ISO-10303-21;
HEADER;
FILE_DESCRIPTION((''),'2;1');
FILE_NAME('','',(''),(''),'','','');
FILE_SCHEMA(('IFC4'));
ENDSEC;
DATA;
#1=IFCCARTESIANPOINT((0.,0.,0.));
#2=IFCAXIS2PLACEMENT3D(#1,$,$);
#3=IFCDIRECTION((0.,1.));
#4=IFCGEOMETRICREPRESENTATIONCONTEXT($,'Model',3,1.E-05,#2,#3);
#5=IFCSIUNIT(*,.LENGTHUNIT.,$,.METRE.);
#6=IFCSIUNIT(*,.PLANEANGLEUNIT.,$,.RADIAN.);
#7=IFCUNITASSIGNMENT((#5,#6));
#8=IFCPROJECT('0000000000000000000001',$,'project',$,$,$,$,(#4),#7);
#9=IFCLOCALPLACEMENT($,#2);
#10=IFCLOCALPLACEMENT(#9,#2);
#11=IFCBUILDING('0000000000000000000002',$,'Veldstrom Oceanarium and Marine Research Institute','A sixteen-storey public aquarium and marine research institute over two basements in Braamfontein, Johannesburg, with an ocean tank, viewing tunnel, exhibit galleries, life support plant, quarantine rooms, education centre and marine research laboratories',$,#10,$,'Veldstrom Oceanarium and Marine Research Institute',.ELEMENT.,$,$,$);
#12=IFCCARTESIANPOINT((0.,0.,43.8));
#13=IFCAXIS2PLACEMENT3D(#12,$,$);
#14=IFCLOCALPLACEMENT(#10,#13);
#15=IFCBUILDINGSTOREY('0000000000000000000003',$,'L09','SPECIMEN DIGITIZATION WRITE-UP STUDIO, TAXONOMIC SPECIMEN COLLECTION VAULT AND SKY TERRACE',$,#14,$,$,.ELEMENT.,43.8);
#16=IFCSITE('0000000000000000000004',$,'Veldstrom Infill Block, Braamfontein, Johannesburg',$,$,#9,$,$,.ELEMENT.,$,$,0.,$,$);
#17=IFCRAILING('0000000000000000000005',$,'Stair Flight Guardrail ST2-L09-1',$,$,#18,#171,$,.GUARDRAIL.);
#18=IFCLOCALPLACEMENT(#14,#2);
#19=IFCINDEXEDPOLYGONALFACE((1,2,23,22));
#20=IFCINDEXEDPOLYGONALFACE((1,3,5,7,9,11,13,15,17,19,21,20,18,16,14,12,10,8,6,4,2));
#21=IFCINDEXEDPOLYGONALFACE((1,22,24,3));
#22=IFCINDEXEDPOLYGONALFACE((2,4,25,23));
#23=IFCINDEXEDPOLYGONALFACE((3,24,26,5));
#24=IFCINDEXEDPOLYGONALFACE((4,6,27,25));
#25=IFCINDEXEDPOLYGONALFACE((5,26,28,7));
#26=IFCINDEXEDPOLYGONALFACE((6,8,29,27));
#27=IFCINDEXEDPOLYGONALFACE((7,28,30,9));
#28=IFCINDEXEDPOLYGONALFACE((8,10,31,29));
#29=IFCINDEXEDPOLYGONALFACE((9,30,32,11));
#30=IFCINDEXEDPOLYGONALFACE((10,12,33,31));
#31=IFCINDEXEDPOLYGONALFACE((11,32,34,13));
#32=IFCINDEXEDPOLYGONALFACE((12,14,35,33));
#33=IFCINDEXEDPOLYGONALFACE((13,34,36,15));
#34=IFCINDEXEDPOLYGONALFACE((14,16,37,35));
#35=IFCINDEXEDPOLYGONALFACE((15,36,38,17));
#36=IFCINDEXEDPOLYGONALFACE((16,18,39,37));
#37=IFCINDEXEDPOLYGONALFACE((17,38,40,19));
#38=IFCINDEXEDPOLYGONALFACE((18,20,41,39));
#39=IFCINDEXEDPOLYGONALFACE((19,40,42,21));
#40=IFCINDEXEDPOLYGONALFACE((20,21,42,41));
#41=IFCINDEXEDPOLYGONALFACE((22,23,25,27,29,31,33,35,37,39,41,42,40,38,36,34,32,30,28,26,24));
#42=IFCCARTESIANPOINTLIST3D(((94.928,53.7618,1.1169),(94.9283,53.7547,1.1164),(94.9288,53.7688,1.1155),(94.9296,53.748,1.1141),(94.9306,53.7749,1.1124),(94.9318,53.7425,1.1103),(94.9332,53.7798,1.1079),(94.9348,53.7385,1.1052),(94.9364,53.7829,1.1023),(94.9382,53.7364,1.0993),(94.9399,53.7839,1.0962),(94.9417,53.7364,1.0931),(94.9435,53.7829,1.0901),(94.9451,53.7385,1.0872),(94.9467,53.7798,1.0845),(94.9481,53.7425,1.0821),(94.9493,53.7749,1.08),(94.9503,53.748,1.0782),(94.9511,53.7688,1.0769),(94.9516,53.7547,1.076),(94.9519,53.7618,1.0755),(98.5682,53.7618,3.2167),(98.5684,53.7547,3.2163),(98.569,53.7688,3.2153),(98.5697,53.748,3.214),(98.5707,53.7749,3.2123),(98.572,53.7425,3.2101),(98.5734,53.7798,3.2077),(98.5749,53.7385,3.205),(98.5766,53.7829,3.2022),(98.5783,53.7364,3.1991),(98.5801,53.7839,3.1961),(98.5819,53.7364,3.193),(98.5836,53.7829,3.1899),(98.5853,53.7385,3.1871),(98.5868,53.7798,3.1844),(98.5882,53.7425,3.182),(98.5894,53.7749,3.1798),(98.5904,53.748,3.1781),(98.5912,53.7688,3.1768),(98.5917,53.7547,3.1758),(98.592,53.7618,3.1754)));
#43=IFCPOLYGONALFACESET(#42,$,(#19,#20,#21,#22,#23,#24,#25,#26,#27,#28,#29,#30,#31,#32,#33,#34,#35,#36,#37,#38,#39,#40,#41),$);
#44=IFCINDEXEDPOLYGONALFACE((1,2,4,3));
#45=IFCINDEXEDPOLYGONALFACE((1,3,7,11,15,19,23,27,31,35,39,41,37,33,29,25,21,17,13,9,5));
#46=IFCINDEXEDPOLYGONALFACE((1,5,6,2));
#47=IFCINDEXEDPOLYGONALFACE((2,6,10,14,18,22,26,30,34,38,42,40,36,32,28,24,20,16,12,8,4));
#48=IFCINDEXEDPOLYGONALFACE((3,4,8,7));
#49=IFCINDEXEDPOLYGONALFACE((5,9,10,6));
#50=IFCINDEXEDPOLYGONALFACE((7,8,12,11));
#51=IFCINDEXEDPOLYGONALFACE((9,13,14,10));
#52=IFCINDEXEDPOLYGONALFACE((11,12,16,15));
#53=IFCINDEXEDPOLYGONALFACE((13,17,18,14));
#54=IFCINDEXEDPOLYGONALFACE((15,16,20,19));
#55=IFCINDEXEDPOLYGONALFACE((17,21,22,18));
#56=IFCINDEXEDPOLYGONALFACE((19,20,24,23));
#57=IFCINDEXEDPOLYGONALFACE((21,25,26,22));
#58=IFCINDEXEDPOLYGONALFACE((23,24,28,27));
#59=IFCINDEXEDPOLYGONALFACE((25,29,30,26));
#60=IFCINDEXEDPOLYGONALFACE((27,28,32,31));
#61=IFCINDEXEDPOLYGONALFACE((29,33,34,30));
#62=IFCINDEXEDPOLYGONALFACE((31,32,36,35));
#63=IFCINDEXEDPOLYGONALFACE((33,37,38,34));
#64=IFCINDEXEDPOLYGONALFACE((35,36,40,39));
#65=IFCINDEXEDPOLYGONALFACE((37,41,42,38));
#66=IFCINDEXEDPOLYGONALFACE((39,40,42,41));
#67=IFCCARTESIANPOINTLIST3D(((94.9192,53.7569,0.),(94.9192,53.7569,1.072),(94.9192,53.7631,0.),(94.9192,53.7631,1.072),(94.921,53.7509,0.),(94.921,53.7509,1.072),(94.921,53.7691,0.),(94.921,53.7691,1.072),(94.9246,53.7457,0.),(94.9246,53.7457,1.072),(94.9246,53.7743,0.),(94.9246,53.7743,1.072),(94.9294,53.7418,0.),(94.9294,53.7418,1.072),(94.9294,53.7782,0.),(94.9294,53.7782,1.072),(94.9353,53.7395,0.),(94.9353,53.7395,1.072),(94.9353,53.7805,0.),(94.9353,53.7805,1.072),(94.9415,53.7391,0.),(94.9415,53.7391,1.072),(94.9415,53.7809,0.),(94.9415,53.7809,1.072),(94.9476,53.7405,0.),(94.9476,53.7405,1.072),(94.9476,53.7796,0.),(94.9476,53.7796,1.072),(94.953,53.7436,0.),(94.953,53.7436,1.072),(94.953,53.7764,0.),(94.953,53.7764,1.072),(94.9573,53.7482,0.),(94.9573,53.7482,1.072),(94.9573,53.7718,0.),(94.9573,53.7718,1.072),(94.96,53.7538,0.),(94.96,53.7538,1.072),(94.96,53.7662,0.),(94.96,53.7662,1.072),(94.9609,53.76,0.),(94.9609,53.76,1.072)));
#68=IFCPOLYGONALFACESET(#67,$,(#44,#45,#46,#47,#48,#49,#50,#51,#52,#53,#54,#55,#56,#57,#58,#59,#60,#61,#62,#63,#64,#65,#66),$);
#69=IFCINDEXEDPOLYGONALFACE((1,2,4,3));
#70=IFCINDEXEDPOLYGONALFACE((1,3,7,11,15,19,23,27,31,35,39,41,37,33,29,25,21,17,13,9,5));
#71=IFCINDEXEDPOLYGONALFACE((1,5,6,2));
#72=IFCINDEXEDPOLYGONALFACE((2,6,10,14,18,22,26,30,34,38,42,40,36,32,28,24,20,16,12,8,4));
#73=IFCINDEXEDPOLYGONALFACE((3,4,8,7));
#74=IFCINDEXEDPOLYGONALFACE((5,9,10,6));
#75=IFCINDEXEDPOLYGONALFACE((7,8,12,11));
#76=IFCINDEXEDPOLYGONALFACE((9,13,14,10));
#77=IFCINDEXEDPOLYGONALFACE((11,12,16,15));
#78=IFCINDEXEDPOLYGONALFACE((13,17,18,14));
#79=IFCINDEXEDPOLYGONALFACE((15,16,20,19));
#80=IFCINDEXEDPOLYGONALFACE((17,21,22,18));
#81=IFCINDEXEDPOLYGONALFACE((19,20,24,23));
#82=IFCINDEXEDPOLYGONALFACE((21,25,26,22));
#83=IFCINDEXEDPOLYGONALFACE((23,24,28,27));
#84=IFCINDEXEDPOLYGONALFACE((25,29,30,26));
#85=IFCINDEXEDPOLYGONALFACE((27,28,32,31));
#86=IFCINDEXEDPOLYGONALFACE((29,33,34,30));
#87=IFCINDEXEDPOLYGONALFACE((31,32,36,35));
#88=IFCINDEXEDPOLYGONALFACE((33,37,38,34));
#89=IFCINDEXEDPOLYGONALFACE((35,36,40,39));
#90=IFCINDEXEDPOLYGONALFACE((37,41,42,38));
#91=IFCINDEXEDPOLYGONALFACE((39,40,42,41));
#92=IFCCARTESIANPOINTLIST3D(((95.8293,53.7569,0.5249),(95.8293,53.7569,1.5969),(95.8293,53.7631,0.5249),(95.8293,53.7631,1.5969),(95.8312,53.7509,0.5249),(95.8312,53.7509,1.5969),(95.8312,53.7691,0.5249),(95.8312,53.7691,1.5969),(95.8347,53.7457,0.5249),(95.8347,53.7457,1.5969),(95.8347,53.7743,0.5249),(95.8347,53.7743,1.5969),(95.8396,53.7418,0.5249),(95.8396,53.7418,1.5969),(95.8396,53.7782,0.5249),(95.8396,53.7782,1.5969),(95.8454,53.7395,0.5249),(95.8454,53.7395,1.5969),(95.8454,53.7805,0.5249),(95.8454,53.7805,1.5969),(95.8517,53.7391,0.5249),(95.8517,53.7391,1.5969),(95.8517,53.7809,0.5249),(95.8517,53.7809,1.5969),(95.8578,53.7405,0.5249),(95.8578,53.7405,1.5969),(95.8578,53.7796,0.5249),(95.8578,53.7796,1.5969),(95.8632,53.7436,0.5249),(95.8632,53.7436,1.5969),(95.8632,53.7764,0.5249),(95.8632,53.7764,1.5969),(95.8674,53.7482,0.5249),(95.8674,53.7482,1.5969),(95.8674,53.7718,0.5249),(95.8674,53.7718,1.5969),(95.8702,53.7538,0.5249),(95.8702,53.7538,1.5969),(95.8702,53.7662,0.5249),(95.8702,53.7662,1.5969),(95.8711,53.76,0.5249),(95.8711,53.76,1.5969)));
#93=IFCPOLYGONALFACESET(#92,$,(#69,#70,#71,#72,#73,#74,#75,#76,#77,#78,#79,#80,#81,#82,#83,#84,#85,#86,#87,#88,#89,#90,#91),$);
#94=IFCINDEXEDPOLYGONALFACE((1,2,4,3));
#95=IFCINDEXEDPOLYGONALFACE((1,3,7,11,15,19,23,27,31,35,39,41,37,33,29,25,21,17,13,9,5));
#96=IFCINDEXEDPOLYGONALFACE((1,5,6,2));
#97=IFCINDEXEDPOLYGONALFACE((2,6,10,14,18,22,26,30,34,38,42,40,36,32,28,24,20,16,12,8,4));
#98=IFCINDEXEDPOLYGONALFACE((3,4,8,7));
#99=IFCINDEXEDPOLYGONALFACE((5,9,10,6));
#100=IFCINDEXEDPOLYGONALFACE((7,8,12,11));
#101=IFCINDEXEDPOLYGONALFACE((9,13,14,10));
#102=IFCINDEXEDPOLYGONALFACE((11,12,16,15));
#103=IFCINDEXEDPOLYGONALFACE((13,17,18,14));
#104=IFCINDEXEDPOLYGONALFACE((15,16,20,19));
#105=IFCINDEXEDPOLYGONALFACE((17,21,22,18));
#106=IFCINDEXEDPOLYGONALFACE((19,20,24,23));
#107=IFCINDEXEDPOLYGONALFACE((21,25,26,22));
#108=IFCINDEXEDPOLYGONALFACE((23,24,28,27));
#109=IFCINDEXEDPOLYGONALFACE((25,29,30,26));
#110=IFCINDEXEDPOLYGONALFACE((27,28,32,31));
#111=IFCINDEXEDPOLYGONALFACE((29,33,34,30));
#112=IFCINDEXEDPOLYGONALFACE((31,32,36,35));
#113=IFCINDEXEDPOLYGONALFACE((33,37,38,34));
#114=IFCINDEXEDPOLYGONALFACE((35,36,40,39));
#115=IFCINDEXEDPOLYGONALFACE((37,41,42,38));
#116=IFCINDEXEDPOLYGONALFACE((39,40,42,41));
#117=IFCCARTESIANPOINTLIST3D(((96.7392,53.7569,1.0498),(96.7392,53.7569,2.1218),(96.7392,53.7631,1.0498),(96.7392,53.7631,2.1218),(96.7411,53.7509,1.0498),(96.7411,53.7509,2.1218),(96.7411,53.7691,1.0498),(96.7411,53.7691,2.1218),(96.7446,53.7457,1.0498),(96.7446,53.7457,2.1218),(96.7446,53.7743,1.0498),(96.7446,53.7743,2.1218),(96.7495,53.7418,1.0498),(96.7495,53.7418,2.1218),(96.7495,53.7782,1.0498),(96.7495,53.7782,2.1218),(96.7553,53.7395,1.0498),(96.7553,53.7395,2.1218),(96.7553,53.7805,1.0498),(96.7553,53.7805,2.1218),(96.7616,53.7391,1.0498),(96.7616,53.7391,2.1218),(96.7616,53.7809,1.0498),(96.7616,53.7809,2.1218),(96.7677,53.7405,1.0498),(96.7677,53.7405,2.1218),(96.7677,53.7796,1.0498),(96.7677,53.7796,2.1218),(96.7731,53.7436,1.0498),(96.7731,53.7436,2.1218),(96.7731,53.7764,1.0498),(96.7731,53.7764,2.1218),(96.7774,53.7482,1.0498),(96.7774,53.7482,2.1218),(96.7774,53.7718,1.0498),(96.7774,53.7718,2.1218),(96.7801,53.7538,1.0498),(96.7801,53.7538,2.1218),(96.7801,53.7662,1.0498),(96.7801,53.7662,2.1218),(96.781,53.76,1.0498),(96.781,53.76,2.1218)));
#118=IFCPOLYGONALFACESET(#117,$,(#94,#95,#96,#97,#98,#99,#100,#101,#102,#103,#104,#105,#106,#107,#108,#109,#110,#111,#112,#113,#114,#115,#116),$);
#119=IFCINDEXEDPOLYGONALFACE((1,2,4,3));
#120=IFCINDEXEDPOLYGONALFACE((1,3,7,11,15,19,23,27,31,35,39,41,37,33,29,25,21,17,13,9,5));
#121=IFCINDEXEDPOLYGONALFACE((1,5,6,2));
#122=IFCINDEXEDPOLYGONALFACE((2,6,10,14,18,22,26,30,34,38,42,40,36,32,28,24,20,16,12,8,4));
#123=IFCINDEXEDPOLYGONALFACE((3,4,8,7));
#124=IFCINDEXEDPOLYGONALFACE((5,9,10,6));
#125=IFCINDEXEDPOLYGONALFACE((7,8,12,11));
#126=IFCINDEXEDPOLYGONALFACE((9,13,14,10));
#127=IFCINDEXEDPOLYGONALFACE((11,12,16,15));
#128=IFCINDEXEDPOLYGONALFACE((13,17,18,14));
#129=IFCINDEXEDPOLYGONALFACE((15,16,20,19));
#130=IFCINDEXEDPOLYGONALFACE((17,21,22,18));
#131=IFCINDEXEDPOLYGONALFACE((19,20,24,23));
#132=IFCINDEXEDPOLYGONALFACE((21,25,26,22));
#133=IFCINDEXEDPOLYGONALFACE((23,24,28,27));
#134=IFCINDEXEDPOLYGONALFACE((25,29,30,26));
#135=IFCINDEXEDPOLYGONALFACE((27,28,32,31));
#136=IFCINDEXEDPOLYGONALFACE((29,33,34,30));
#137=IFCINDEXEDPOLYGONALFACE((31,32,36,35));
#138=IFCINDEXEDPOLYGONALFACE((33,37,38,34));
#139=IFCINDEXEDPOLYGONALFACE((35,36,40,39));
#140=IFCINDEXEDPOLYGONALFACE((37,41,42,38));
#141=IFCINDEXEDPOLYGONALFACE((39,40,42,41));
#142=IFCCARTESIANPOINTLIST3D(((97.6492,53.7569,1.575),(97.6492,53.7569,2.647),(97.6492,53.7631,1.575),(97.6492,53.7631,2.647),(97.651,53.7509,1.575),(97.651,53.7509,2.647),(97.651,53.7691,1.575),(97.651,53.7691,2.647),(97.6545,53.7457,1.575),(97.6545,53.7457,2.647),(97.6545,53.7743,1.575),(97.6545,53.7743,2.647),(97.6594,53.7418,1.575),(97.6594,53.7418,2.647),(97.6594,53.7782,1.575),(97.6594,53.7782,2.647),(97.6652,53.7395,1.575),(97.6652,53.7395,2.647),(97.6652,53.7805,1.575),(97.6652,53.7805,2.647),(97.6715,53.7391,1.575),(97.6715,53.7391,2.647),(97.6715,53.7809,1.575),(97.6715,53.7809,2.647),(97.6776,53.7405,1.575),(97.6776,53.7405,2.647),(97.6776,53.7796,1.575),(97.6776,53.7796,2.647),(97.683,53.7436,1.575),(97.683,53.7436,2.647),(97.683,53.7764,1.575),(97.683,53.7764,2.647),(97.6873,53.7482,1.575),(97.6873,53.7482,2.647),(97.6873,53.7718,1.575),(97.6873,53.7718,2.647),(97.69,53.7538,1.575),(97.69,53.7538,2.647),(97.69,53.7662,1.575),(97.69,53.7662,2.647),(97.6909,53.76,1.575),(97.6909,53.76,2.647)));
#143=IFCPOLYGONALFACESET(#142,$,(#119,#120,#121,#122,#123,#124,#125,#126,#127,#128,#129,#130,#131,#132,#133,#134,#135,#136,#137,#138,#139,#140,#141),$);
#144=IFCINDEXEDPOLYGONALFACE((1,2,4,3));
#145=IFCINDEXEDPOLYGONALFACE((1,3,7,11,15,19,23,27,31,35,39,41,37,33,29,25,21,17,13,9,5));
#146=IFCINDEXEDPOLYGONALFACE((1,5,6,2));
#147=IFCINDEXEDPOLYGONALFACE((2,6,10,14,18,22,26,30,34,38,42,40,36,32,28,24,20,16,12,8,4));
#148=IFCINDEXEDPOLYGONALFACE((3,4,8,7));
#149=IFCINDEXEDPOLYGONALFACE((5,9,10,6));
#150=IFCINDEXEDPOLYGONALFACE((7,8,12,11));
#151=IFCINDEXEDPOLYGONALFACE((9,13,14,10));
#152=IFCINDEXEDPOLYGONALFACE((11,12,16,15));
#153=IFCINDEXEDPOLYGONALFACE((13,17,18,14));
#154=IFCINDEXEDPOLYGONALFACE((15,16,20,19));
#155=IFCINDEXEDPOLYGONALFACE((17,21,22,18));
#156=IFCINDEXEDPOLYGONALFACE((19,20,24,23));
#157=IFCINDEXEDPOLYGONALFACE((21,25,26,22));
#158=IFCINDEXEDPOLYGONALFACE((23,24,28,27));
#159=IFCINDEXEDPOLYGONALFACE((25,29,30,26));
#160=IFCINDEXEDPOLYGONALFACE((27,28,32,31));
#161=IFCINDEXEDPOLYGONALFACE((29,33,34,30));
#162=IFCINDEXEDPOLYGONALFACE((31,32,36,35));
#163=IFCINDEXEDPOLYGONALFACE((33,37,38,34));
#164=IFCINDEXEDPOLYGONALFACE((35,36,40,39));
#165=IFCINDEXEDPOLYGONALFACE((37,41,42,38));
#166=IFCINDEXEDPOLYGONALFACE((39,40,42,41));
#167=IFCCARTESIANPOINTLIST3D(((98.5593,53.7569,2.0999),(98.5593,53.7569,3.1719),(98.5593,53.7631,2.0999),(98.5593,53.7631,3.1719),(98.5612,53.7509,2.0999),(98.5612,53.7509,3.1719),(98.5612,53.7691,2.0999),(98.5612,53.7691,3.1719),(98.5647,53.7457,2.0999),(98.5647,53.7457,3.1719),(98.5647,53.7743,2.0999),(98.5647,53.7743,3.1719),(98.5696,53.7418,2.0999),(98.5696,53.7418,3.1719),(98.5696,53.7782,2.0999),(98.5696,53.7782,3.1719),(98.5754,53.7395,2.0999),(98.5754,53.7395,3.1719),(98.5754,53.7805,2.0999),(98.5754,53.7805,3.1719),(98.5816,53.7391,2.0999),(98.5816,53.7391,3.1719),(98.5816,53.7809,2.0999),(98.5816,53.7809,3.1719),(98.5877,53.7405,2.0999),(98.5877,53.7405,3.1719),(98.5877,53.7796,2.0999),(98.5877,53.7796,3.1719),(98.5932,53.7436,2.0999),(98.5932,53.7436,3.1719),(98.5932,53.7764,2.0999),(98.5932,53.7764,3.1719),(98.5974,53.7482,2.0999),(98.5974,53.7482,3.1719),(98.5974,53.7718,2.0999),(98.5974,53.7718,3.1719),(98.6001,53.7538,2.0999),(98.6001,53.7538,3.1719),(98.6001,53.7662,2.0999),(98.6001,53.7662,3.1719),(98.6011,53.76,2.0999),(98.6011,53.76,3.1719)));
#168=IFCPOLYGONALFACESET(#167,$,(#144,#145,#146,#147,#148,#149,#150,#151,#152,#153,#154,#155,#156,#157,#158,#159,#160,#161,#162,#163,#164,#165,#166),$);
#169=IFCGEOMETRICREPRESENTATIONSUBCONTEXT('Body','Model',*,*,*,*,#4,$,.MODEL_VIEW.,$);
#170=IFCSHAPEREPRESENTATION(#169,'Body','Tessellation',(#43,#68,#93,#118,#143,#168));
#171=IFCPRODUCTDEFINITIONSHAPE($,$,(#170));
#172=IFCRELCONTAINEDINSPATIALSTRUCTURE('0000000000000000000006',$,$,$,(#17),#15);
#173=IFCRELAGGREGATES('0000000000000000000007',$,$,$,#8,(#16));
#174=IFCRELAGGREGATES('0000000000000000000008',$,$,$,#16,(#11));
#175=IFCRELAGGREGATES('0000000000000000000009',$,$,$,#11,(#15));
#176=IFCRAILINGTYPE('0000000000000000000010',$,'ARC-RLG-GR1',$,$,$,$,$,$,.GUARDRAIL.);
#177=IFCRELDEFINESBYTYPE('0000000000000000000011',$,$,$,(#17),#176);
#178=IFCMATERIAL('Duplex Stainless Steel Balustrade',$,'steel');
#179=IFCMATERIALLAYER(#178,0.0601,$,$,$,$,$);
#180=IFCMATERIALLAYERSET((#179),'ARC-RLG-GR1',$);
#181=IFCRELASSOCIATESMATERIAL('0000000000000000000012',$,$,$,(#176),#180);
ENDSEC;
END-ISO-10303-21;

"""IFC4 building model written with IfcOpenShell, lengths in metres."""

from ifc_helpers import new_model, si_unit, direction, frame, origin, origin_2d, place, context, subcontext, project, spatial, circle, extrude, material, layer, layer_set, type_object, element, save


model = new_model("IFC4")

# Units and contexts
model_context = context("Model", 3, precision=1e-05, world=origin(), true_north=direction((0.0, 1.0)))
body_context = subcontext(model_context, "Body", "Model", "MODEL_VIEW")
ifc_project = project(units=[si_unit("LENGTHUNIT", "METRE"), si_unit("PLANEANGLEUNIT", "RADIAN")], contexts=[model_context])

# Site, building, storey
site_placement = place(None, origin())
site = spatial("IfcSite", under=ifc_project, at=site_placement, Name="Veldstrom Infill Block, Braamfontein, Johannesburg", CompositionType="ELEMENT", RefElevation=0.0)
building_placement = place(site_placement, origin())
building = spatial("IfcBuilding", under=site, at=building_placement, Name="Veldstrom Oceanarium and Marine Research Institute", Description="A sixteen-storey public aquarium and marine research institute over two basements in Braamfontein, Johannesburg, with an ocean tank, viewing tunnel, exhibit galleries, life support plant, quarantine rooms, education centre and marine research laboratories", LongName="Veldstrom Oceanarium and Marine Research Institute", CompositionType="ELEMENT")
storey_placement = place(building_placement, frame((0.0, 0.0, 43.8)))
storey = spatial("IfcBuildingStorey", under=building, at=storey_placement, Name="L09", Description="SPECIMEN DIGITIZATION WRITE-UP STUDIO, TAXONOMIC SPECIMEN COLLECTION VAULT AND SKY TERRACE", CompositionType="ELEMENT", Elevation=43.8)

# Railing
ifc_material_1 = material(Name="Duplex Stainless Steel Balustrade", Category="steel")
ifc_layer_1 = layer(ifc_material_1, 0.0601)
ifc_layer_set_1 = layer_set([ifc_layer_1], Name="ARC-RLG-GR1")
railing_type_1 = type_object("IfcRailingType", Name="ARC-RLG-GR1", PredefinedType="GUARDRAIL", material=ifc_layer_set_1)
railing_1_placement = place(storey_placement, frame((94.9399, 53.76, 0.0)))
element("IfcRailing", 1, at=railing_1_placement, inside=storey, type_object=railing_type_1, Name="Stair Flight Guardrail ST2-L09-1", PredefinedType="GUARDRAIL", context=body_context, shape_type="SweptSolid", body=[
    extrude(circle(Radius=0.0239, at=origin_2d()), frame((0.0, 0.0, 1.0962), z_axis=(0.866209, 0.0, 0.499682), x_axis=(0.0, 1.0, 0.0)), (0.0, 0.0, 1.0), 4.2024),
    extrude(circle(Radius=0.021, at=origin_2d()), origin(), (0.0, 0.0, 1.0), 1.072),
    extrude(circle(Radius=0.021, at=origin_2d()), frame((0.9102, 0.0, 0.5249)), (0.0, 0.0, 1.0), 1.072),
    extrude(circle(Radius=0.021, at=origin_2d()), frame((1.8201, 0.0, 1.0498)), (0.0, 0.0, 1.0), 1.072),
    extrude(circle(Radius=0.021, at=origin_2d()), frame((2.73, 0.0, 1.575)), (0.0, 0.0, 1.0), 1.072),
    extrude(circle(Radius=0.021, at=origin_2d()), frame((3.6401, 0.0, 2.0999)), (0.0, 0.0, 1.0), 1.072),
])

save(model, "model.ifc")
